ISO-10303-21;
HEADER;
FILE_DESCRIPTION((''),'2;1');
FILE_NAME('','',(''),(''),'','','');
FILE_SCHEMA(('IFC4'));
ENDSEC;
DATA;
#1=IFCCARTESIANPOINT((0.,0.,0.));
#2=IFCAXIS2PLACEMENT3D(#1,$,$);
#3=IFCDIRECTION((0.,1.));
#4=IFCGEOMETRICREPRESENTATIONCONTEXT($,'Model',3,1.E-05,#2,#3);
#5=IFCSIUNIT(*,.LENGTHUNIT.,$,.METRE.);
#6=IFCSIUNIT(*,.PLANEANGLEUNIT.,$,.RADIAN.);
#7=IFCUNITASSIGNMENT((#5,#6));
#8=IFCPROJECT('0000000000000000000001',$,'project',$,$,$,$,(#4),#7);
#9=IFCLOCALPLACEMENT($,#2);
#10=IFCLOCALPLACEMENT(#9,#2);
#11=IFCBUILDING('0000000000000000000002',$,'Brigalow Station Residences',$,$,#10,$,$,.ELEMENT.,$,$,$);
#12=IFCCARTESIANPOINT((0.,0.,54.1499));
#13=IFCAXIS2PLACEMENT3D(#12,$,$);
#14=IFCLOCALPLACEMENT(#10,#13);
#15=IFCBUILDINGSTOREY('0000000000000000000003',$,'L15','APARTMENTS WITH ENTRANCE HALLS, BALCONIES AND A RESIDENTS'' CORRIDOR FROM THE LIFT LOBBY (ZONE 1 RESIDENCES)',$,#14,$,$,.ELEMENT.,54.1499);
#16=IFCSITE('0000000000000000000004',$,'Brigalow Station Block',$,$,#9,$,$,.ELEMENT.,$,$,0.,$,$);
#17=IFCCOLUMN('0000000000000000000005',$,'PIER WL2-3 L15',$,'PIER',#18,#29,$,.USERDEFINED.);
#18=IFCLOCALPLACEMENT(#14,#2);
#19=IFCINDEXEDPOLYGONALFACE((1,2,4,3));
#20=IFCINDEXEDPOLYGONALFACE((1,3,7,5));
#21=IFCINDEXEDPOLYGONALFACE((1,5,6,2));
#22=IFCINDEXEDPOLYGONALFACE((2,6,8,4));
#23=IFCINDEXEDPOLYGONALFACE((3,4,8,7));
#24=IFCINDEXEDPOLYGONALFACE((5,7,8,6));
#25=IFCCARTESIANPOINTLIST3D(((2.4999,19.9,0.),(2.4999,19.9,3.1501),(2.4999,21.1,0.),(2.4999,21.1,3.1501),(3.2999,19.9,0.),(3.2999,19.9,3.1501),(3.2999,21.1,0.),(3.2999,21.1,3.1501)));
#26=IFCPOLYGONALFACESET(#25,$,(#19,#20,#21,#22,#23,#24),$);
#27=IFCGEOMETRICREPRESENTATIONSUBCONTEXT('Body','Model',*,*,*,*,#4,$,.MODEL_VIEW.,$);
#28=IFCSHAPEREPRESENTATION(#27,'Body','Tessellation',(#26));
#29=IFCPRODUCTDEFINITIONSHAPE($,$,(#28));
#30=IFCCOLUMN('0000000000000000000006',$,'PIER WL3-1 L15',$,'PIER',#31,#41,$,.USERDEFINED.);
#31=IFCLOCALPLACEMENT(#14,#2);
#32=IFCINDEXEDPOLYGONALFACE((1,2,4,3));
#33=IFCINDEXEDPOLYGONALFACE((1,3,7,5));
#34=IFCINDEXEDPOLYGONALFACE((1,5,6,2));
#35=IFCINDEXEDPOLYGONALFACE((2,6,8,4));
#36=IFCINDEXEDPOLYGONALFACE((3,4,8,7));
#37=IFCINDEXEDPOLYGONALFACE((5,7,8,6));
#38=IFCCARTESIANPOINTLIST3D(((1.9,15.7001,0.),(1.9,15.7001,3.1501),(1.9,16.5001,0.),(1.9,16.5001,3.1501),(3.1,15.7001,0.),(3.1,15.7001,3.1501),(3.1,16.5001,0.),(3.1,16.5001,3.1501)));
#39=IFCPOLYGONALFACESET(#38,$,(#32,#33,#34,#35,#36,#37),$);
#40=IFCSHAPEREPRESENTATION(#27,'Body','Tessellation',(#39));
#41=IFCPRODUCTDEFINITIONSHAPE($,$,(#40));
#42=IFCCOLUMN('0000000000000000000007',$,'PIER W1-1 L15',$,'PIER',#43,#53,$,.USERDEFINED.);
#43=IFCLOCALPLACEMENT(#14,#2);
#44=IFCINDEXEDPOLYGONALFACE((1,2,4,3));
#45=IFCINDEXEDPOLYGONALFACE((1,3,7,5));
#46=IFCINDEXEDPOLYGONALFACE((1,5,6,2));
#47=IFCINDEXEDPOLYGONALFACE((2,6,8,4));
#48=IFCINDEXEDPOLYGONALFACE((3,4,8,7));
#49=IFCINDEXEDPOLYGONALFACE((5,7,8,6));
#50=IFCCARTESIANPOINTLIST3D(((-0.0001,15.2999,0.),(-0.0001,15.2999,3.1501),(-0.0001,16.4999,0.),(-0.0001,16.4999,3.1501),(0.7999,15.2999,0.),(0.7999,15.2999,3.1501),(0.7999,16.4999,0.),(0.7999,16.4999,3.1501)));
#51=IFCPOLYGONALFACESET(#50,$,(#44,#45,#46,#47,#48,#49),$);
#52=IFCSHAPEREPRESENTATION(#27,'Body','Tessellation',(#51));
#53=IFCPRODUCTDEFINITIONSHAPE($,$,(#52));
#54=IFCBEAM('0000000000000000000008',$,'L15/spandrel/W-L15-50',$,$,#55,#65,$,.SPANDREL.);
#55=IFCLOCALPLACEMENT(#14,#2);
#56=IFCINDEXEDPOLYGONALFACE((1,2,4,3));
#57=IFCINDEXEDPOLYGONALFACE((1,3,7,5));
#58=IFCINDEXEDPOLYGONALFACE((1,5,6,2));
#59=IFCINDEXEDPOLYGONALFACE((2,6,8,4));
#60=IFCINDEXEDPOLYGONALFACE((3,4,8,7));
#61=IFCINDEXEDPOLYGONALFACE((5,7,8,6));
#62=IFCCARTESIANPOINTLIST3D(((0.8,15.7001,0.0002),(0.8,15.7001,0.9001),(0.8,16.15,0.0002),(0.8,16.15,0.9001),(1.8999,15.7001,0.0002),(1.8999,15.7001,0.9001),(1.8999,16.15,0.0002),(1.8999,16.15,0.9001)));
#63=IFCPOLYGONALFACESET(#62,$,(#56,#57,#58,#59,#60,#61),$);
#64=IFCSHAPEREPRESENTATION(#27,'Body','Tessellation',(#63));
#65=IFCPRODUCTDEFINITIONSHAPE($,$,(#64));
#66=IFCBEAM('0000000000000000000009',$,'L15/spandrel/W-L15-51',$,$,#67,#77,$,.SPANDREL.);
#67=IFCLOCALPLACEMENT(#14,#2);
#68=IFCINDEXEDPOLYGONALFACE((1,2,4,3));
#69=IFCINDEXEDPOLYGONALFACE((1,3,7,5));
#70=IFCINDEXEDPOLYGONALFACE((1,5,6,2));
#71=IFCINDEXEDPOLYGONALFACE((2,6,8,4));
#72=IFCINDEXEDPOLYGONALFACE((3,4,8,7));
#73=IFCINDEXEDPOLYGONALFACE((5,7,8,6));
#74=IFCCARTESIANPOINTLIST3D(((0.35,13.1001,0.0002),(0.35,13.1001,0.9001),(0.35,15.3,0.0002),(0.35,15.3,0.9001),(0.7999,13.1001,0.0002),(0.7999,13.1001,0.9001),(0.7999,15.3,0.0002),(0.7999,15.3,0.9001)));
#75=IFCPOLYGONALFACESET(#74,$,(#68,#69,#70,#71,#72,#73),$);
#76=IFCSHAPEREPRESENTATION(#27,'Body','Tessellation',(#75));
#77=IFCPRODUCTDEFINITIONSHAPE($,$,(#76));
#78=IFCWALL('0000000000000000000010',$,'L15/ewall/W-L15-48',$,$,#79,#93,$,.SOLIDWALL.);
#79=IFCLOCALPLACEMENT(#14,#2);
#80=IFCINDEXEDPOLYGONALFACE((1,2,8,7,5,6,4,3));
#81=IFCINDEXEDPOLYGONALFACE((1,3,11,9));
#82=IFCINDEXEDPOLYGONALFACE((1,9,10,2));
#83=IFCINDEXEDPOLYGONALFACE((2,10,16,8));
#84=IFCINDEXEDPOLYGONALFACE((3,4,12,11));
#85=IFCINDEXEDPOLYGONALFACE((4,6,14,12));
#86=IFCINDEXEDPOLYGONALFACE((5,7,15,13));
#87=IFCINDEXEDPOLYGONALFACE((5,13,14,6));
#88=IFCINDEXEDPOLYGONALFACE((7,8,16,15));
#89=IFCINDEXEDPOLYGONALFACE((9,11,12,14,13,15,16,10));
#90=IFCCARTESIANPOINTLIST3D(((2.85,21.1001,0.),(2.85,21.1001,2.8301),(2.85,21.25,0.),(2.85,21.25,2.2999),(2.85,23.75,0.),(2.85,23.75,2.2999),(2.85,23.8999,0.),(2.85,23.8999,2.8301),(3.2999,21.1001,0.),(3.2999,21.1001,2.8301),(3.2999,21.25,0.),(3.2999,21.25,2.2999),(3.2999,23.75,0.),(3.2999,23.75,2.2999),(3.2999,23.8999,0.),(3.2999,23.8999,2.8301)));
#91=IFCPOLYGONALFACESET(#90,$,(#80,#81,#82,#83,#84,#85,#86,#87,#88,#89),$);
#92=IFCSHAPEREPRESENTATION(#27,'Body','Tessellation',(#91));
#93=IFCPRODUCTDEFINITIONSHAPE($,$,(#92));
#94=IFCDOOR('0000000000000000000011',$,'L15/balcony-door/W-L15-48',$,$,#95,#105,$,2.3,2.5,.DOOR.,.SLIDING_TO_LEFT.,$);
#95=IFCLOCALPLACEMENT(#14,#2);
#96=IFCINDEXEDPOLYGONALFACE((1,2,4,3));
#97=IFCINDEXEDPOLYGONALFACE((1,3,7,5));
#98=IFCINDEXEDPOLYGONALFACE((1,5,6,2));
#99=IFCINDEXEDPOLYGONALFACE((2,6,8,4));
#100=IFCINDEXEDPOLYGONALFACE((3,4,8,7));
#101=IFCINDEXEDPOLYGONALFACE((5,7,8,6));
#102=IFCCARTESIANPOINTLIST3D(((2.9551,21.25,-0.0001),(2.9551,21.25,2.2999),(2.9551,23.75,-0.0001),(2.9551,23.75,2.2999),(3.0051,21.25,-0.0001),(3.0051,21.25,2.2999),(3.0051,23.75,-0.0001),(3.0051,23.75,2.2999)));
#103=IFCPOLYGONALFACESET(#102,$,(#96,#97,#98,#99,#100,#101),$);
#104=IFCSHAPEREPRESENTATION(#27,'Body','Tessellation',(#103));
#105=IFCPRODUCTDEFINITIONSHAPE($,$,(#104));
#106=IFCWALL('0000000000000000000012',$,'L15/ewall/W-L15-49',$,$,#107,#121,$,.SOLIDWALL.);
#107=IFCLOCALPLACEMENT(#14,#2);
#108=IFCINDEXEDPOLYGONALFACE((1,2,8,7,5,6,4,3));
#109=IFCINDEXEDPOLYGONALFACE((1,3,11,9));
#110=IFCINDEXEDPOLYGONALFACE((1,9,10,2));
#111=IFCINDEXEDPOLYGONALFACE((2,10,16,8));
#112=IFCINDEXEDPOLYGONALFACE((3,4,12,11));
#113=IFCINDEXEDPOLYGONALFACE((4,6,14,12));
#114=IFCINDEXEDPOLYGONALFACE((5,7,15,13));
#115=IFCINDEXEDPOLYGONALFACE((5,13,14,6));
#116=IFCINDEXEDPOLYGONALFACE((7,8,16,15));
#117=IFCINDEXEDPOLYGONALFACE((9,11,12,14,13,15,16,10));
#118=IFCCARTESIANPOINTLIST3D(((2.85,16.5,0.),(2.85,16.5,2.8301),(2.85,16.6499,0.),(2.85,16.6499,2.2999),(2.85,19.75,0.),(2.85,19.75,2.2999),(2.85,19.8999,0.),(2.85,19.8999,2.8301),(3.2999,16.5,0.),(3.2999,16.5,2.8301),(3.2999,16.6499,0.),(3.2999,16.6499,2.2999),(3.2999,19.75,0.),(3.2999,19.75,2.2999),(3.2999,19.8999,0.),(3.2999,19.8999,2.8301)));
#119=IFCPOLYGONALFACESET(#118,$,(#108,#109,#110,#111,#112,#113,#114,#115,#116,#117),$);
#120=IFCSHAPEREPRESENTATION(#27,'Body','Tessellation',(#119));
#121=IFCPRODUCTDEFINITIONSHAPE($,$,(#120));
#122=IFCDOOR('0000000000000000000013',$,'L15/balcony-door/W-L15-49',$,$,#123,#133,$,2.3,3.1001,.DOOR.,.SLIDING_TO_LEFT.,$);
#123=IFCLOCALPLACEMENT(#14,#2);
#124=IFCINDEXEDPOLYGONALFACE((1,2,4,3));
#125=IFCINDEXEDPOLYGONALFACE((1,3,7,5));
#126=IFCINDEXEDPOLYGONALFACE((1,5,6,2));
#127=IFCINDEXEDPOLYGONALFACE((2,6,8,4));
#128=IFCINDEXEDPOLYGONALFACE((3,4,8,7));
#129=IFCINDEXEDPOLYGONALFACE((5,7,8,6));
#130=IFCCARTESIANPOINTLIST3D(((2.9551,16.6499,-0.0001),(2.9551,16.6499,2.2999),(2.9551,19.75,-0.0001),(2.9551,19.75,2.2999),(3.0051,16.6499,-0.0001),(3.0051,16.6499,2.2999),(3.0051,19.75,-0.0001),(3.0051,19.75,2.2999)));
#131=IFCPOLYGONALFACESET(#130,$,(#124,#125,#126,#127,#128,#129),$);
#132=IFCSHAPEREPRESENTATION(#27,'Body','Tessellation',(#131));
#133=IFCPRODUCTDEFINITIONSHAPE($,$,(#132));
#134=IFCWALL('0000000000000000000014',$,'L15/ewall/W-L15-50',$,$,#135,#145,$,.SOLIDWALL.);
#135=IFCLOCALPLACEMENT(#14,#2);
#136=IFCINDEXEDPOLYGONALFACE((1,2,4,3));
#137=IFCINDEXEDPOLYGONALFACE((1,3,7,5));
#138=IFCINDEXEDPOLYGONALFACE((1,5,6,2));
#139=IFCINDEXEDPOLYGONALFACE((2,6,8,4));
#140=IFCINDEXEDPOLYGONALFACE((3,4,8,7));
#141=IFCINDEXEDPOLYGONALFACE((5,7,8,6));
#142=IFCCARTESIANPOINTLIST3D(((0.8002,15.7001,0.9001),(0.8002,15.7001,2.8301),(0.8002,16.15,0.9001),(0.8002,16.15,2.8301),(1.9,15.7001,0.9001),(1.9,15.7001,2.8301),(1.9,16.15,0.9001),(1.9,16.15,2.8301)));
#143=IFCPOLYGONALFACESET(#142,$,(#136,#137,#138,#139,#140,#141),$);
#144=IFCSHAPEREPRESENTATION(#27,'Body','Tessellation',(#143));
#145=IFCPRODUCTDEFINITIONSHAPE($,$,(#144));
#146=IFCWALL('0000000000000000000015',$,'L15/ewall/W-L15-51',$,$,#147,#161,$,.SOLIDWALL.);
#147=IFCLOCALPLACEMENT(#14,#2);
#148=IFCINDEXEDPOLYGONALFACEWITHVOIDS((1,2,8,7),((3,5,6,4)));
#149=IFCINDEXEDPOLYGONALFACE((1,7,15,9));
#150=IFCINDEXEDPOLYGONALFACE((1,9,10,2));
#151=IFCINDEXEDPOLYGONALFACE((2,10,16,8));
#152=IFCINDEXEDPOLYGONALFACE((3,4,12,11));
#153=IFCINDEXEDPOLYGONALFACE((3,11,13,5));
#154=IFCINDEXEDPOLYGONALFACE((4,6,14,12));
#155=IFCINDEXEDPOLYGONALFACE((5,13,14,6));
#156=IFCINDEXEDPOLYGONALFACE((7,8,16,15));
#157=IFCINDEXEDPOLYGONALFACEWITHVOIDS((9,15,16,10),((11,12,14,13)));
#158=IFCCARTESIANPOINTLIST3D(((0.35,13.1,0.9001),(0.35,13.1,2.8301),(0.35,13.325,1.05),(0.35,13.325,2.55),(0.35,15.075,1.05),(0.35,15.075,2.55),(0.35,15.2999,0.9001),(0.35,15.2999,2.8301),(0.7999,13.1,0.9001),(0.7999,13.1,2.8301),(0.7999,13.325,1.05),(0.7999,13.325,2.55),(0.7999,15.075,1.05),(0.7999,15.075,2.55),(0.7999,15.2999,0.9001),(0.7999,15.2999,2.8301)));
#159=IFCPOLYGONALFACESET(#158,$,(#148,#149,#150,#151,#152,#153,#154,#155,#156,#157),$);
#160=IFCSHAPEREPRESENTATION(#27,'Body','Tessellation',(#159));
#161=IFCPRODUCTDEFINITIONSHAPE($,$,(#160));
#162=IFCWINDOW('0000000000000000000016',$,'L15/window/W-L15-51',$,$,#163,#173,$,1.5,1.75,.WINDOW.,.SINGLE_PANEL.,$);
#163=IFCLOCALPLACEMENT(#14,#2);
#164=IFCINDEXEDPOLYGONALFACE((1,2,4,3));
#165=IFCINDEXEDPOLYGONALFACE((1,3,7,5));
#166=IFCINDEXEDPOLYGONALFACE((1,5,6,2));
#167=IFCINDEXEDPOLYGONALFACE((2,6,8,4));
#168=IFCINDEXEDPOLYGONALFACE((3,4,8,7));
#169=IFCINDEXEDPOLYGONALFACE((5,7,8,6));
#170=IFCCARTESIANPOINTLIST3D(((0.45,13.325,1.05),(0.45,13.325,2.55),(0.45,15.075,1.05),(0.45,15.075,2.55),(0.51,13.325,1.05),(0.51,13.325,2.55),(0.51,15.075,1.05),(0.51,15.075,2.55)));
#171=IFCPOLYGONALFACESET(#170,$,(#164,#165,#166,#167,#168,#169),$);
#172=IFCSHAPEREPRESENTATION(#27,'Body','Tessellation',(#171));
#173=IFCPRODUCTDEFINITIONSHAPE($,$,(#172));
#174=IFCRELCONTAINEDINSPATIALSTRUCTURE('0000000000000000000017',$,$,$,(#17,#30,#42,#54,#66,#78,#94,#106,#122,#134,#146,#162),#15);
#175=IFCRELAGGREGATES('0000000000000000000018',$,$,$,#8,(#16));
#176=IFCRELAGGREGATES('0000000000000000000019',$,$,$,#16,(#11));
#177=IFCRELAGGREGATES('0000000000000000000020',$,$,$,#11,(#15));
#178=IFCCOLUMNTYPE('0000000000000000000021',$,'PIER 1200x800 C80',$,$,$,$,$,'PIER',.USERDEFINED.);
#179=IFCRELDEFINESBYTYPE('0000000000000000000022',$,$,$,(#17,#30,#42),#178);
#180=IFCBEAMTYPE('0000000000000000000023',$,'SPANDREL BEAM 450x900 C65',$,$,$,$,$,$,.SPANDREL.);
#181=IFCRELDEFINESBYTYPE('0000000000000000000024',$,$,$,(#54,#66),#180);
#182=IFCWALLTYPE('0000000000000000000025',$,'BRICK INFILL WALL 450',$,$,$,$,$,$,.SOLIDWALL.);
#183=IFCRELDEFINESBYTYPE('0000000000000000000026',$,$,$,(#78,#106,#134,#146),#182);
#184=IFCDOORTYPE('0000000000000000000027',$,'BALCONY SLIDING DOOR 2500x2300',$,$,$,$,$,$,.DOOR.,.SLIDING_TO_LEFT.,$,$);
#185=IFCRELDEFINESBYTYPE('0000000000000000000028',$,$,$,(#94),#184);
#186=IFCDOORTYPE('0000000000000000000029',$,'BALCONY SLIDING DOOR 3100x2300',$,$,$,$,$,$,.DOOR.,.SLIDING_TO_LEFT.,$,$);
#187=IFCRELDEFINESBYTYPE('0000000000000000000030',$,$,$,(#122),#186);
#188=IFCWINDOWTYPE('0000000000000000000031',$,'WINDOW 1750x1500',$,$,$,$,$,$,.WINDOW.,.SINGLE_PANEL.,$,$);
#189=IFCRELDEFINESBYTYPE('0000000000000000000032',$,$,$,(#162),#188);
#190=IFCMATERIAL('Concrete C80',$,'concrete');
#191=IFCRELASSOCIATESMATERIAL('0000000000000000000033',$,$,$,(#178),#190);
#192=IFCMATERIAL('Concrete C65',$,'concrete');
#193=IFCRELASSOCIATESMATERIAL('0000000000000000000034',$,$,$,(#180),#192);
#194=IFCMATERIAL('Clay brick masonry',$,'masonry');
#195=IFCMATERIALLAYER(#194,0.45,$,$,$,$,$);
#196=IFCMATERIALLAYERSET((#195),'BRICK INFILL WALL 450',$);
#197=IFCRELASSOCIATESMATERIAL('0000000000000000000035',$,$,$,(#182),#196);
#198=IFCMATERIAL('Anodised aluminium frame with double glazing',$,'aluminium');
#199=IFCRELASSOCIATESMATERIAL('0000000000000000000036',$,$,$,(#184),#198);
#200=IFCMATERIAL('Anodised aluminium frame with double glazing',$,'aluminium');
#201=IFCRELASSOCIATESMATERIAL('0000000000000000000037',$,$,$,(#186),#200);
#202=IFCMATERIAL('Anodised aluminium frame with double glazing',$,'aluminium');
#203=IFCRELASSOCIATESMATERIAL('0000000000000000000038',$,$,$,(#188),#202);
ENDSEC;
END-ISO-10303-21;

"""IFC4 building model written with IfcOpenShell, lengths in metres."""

from ifc_helpers import new_model, si_unit, direction, frame, frame_2d, origin, origin_2d, place, context, subcontext, project, spatial, rectangle, extrude, material, layer, layer_set, material_profile, profile_set, type_object, element, fill, save


model = new_model("IFC4")

# Units and contexts
model_context = context("Model", 3, precision=1e-05, world=origin(), true_north=direction((0.0, 1.0)))
body_context = subcontext(model_context, "Body", "Model", "MODEL_VIEW")
ifc_project = project(units=[si_unit("LENGTHUNIT", "METRE"), si_unit("PLANEANGLEUNIT", "RADIAN")], contexts=[model_context])

# Site, building, storey
site_placement = place(None, origin())
site = spatial("IfcSite", under=ifc_project, at=site_placement, Name="Brigalow Station Block", CompositionType="ELEMENT", RefElevation=0.0)
building_placement = place(site_placement, origin())
building = spatial("IfcBuilding", under=site, at=building_placement, Name="Brigalow Station Residences", CompositionType="ELEMENT")
storey_placement = place(building_placement, frame((0.0, 0.0, 54.1499)))
storey = spatial("IfcBuildingStorey", under=building, at=storey_placement, Name="L15", Description="APARTMENTS WITH ENTRANCE HALLS, BALCONIES AND A RESIDENTS' CORRIDOR FROM THE LIFT LOBBY (ZONE 1 RESIDENCES)", CompositionType="ELEMENT", Elevation=54.1499)

# Columns
ifc_material_1 = material(Name="Concrete C80", Category="concrete")
ifc_material_profile_1 = material_profile(ifc_material_1, rectangle(XDim=1.2, YDim=0.8, at=origin_2d()), Name="RC1200x800")
ifc_profile_set_1 = profile_set([ifc_material_profile_1], Name="Concrete C80")
column_type = type_object("IfcColumnType", Name="PIER 1200x800 C80", ElementType="PIER", PredefinedType="USERDEFINED", material=ifc_profile_set_1)
for number, where, z_axis, x_axis, name in (
    (1, (2.8999, 20.5, 0.0), (0.0, 0.0, 1.0), (0.0, -1.0, 0.0), "PIER WL2-3 L15"),
    (2, (2.5, 16.1001, 0.0), (0.0, 0.0, 1.0), (-1.0, 0.0, 0.0), "PIER WL3-1 L15"),
    (3, (0.3999, 15.8999, 0.0), (0.0, 0.0, 1.0), (0.0, -1.0, 0.0), "PIER W1-1 L15"),
):
    element("IfcColumn", number, at=place(storey_placement, frame(where, z_axis=z_axis, x_axis=x_axis)), inside=storey, type_object=column_type, Name=name, ObjectType="PIER", PredefinedType="USERDEFINED", context=body_context, shape_type="SweptSolid", body=[
        extrude(rectangle(XDim=1.2, YDim=0.8, at=origin_2d()), origin(), (0.0, 0.0, 1.0), 3.1501),
    ])

# Beams
ifc_material_2 = material(Name="Concrete C65", Category="concrete")
ifc_material_profile_2 = material_profile(ifc_material_2, rectangle(XDim=0.45, YDim=0.8999, at=origin_2d()), Name="RC450x900")
ifc_profile_set_2 = profile_set([ifc_material_profile_2], Name="Concrete C65")
beam_type = type_object("IfcBeamType", Name="SPANDREL BEAM 450x900 C65", PredefinedType="SPANDREL", material=ifc_profile_set_2)
beam_1_placement = place(storey_placement, frame((1.8999, 15.925, 0.4502), z_axis=(-1.0, 0.0, 0.0), x_axis=(0.0, -1.0, 0.0)))
element("IfcBeam", 4, at=beam_1_placement, inside=storey, type_object=beam_type, Name="L15/spandrel/W-L15-50", PredefinedType="SPANDREL", context=body_context, shape_type="SweptSolid", body=[
    extrude(rectangle(XDim=0.45, YDim=0.8999, at=origin_2d()), origin(), (0.0, 0.0, 1.0), 1.0999),
])
beam_2_placement = place(storey_placement, frame((0.575, 15.3, 0.4502), z_axis=(0.0, -1.0, 0.0), x_axis=(1.0, 0.0, 0.0)))
element("IfcBeam", 5, at=beam_2_placement, inside=storey, type_object=beam_type, Name="L15/spandrel/W-L15-51", PredefinedType="SPANDREL", context=body_context, shape_type="SweptSolid", body=[
    extrude(rectangle(XDim=0.45, YDim=0.8999, at=origin_2d()), origin(), (0.0, 0.0, 1.0), 2.2),
])

# Walls, openings, doors
ifc_material_3 = material(Name="Clay brick masonry", Category="masonry")
ifc_layer_1 = layer(ifc_material_3, 0.45)
ifc_layer_set_1 = layer_set([ifc_layer_1], Name="BRICK INFILL WALL 450")
wall_type_1 = type_object("IfcWallType", Name="BRICK INFILL WALL 450", PredefinedType="SOLIDWALL", material=ifc_layer_set_1)
wall_1_placement = place(storey_placement, frame((3.075, 23.8999, 0.0), z_axis=(0.0, 0.0, 1.0), x_axis=(0.0, -1.0, 0.0)))
wall_1 = element("IfcWall", 6, at=wall_1_placement, inside=storey, type_object=wall_type_1, Name="L15/ewall/W-L15-48", PredefinedType="SOLIDWALL", context=body_context, shape_type="SweptSolid", body=[
    extrude(rectangle(XDim=2.7998, YDim=0.45, at=frame_2d((1.3999, 0.0))), origin(), (0.0, 0.0, 1.0), 2.8301),
])
opening_1_placement = place(wall_1_placement, frame((0.1499, 0.0, 0.0)))
opening_1 = element("IfcOpeningElement", 7, at=opening_1_placement, cuts=wall_1, PredefinedType="OPENING", context=body_context, shape_type="SweptSolid", body=[
    extrude(rectangle(XDim=2.5, YDim=2.3, at=frame_2d((1.25, 1.1499))), frame((0.0, 0.2349, 0.0), z_axis=(0.0, -1.0, 0.0), x_axis=(1.0, 0.0, 0.0)), (0.0, 0.0, 1.0), 0.47),
])
ifc_material_4 = material(Name="Anodised aluminium frame with double glazing", Category="aluminium")
door_type_1 = type_object("IfcDoorType", Name="BALCONY SLIDING DOOR 2500x2300", OperationType="SLIDING_TO_LEFT", PredefinedType="DOOR", material=ifc_material_4)
door_1_placement = place(opening_1_placement, origin())
door_1 = element("IfcDoor", 8, at=door_1_placement, inside=storey, type_object=door_type_1, Name="L15/balcony-door/W-L15-48", OperationType="SLIDING_TO_LEFT", OverallHeight=2.3, OverallWidth=2.5, PredefinedType="DOOR", context=body_context, shape_type="SweptSolid", body=[
    extrude(rectangle(XDim=2.5, YDim=2.3, at=frame_2d((1.25, 1.1499))), frame((0.0, -0.0698, 0.0), z_axis=(0.0, -1.0, 0.0), x_axis=(1.0, 0.0, 0.0)), (0.0, 0.0, 1.0), 0.05),
])
fill(opening_1, door_1)
wall_2_placement = place(storey_placement, frame((3.075, 19.8999, 0.0), z_axis=(0.0, 0.0, 1.0), x_axis=(0.0, -1.0, 0.0)))
wall_2 = element("IfcWall", 9, at=wall_2_placement, inside=storey, type_object=wall_type_1, Name="L15/ewall/W-L15-49", PredefinedType="SOLIDWALL", context=body_context, shape_type="SweptSolid", body=[
    extrude(rectangle(XDim=3.3999, YDim=0.45, at=frame_2d((1.7, 0.0))), origin(), (0.0, 0.0, 1.0), 2.8301),
])
opening_2_placement = place(wall_2_placement, frame((0.1499, 0.0, 0.0)))
opening_2 = element("IfcOpeningElement", 10, at=opening_2_placement, cuts=wall_2, PredefinedType="OPENING", context=body_context, shape_type="SweptSolid", body=[
    extrude(rectangle(XDim=3.1001, YDim=2.3, at=frame_2d((1.55, 1.1499))), frame((0.0, 0.2349, 0.0), z_axis=(0.0, -1.0, 0.0), x_axis=(1.0, 0.0, 0.0)), (0.0, 0.0, 1.0), 0.47),
])
ifc_material_5 = material(Name="Anodised aluminium frame with double glazing", Category="aluminium")
door_type_2 = type_object("IfcDoorType", Name="BALCONY SLIDING DOOR 3100x2300", OperationType="SLIDING_TO_LEFT", PredefinedType="DOOR", material=ifc_material_5)
door_2_placement = place(opening_2_placement, origin())
door_2 = element("IfcDoor", 11, at=door_2_placement, inside=storey, type_object=door_type_2, Name="L15/balcony-door/W-L15-49", OperationType="SLIDING_TO_LEFT", OverallHeight=2.3, OverallWidth=3.1001, PredefinedType="DOOR", context=body_context, shape_type="SweptSolid", body=[
    extrude(rectangle(XDim=3.1001, YDim=2.3, at=frame_2d((1.55, 1.1499))), frame((0.0, -0.0698, 0.0), z_axis=(0.0, -1.0, 0.0), x_axis=(1.0, 0.0, 0.0)), (0.0, 0.0, 1.0), 0.05),
])
fill(opening_2, door_2)

# Wall
wall_3_placement = place(storey_placement, frame((1.8999, 15.925, 0.9001), z_axis=(0.0, 0.0, 1.0), x_axis=(-1.0, 0.0, 0.0)))
element("IfcWall", 12, at=wall_3_placement, inside=storey, type_object=wall_type_1, Name="L15/ewall/W-L15-50", PredefinedType="SOLIDWALL", context=body_context, shape_type="SweptSolid", body=[
    extrude(rectangle(XDim=1.0999, YDim=0.45, at=frame_2d((0.5498, 0.0))), origin(), (0.0, 0.0, 1.0), 1.9299),
])

# Wall, opening, window
wall_4_placement = place(storey_placement, frame((0.575, 15.3, 0.9001), z_axis=(0.0, 0.0, 1.0), x_axis=(0.0, -1.0, 0.0)))
wall_4 = element("IfcWall", 13, at=wall_4_placement, inside=storey, type_object=wall_type_1, Name="L15/ewall/W-L15-51", PredefinedType="SOLIDWALL", context=body_context, shape_type="SweptSolid", body=[
    extrude(rectangle(XDim=2.2, YDim=0.45, at=frame_2d((1.1001, 0.0))), origin(), (0.0, 0.0, 1.0), 1.9299),
])
opening_3_placement = place(wall_4_placement, frame((0.2251, 0.0, 0.1499)))
opening_3 = element("IfcOpeningElement", 14, at=opening_3_placement, cuts=wall_4, PredefinedType="OPENING", context=body_context, shape_type="SweptSolid", body=[
    extrude(rectangle(XDim=1.75, YDim=1.5, at=frame_2d((0.875, 0.75))), frame((0.0, 0.2349, 0.0), z_axis=(0.0, -1.0, 0.0), x_axis=(1.0, 0.0, 0.0)), (0.0, 0.0, 1.0), 0.47),
])
ifc_material_6 = material(Name="Anodised aluminium frame with double glazing", Category="aluminium")
window_type = type_object("IfcWindowType", Name="WINDOW 1750x1500", PartitioningType="SINGLE_PANEL", PredefinedType="WINDOW", material=ifc_material_6)
window_placement = place(opening_3_placement, origin())
window = element("IfcWindow", 15, at=window_placement, inside=storey, type_object=window_type, Name="L15/window/W-L15-51", OverallHeight=1.5, OverallWidth=1.75, PartitioningType="SINGLE_PANEL", PredefinedType="WINDOW", context=body_context, shape_type="SweptSolid", body=[
    extrude(rectangle(XDim=1.75, YDim=1.5, at=frame_2d((0.875, 0.75))), frame((0.0, -0.0649, 0.0), z_axis=(0.0, -1.0, 0.0), x_axis=(1.0, 0.0, 0.0)), (0.0, 0.0, 1.0), 0.0601),
])
fill(opening_3, window)

save(model, "model.ifc")
